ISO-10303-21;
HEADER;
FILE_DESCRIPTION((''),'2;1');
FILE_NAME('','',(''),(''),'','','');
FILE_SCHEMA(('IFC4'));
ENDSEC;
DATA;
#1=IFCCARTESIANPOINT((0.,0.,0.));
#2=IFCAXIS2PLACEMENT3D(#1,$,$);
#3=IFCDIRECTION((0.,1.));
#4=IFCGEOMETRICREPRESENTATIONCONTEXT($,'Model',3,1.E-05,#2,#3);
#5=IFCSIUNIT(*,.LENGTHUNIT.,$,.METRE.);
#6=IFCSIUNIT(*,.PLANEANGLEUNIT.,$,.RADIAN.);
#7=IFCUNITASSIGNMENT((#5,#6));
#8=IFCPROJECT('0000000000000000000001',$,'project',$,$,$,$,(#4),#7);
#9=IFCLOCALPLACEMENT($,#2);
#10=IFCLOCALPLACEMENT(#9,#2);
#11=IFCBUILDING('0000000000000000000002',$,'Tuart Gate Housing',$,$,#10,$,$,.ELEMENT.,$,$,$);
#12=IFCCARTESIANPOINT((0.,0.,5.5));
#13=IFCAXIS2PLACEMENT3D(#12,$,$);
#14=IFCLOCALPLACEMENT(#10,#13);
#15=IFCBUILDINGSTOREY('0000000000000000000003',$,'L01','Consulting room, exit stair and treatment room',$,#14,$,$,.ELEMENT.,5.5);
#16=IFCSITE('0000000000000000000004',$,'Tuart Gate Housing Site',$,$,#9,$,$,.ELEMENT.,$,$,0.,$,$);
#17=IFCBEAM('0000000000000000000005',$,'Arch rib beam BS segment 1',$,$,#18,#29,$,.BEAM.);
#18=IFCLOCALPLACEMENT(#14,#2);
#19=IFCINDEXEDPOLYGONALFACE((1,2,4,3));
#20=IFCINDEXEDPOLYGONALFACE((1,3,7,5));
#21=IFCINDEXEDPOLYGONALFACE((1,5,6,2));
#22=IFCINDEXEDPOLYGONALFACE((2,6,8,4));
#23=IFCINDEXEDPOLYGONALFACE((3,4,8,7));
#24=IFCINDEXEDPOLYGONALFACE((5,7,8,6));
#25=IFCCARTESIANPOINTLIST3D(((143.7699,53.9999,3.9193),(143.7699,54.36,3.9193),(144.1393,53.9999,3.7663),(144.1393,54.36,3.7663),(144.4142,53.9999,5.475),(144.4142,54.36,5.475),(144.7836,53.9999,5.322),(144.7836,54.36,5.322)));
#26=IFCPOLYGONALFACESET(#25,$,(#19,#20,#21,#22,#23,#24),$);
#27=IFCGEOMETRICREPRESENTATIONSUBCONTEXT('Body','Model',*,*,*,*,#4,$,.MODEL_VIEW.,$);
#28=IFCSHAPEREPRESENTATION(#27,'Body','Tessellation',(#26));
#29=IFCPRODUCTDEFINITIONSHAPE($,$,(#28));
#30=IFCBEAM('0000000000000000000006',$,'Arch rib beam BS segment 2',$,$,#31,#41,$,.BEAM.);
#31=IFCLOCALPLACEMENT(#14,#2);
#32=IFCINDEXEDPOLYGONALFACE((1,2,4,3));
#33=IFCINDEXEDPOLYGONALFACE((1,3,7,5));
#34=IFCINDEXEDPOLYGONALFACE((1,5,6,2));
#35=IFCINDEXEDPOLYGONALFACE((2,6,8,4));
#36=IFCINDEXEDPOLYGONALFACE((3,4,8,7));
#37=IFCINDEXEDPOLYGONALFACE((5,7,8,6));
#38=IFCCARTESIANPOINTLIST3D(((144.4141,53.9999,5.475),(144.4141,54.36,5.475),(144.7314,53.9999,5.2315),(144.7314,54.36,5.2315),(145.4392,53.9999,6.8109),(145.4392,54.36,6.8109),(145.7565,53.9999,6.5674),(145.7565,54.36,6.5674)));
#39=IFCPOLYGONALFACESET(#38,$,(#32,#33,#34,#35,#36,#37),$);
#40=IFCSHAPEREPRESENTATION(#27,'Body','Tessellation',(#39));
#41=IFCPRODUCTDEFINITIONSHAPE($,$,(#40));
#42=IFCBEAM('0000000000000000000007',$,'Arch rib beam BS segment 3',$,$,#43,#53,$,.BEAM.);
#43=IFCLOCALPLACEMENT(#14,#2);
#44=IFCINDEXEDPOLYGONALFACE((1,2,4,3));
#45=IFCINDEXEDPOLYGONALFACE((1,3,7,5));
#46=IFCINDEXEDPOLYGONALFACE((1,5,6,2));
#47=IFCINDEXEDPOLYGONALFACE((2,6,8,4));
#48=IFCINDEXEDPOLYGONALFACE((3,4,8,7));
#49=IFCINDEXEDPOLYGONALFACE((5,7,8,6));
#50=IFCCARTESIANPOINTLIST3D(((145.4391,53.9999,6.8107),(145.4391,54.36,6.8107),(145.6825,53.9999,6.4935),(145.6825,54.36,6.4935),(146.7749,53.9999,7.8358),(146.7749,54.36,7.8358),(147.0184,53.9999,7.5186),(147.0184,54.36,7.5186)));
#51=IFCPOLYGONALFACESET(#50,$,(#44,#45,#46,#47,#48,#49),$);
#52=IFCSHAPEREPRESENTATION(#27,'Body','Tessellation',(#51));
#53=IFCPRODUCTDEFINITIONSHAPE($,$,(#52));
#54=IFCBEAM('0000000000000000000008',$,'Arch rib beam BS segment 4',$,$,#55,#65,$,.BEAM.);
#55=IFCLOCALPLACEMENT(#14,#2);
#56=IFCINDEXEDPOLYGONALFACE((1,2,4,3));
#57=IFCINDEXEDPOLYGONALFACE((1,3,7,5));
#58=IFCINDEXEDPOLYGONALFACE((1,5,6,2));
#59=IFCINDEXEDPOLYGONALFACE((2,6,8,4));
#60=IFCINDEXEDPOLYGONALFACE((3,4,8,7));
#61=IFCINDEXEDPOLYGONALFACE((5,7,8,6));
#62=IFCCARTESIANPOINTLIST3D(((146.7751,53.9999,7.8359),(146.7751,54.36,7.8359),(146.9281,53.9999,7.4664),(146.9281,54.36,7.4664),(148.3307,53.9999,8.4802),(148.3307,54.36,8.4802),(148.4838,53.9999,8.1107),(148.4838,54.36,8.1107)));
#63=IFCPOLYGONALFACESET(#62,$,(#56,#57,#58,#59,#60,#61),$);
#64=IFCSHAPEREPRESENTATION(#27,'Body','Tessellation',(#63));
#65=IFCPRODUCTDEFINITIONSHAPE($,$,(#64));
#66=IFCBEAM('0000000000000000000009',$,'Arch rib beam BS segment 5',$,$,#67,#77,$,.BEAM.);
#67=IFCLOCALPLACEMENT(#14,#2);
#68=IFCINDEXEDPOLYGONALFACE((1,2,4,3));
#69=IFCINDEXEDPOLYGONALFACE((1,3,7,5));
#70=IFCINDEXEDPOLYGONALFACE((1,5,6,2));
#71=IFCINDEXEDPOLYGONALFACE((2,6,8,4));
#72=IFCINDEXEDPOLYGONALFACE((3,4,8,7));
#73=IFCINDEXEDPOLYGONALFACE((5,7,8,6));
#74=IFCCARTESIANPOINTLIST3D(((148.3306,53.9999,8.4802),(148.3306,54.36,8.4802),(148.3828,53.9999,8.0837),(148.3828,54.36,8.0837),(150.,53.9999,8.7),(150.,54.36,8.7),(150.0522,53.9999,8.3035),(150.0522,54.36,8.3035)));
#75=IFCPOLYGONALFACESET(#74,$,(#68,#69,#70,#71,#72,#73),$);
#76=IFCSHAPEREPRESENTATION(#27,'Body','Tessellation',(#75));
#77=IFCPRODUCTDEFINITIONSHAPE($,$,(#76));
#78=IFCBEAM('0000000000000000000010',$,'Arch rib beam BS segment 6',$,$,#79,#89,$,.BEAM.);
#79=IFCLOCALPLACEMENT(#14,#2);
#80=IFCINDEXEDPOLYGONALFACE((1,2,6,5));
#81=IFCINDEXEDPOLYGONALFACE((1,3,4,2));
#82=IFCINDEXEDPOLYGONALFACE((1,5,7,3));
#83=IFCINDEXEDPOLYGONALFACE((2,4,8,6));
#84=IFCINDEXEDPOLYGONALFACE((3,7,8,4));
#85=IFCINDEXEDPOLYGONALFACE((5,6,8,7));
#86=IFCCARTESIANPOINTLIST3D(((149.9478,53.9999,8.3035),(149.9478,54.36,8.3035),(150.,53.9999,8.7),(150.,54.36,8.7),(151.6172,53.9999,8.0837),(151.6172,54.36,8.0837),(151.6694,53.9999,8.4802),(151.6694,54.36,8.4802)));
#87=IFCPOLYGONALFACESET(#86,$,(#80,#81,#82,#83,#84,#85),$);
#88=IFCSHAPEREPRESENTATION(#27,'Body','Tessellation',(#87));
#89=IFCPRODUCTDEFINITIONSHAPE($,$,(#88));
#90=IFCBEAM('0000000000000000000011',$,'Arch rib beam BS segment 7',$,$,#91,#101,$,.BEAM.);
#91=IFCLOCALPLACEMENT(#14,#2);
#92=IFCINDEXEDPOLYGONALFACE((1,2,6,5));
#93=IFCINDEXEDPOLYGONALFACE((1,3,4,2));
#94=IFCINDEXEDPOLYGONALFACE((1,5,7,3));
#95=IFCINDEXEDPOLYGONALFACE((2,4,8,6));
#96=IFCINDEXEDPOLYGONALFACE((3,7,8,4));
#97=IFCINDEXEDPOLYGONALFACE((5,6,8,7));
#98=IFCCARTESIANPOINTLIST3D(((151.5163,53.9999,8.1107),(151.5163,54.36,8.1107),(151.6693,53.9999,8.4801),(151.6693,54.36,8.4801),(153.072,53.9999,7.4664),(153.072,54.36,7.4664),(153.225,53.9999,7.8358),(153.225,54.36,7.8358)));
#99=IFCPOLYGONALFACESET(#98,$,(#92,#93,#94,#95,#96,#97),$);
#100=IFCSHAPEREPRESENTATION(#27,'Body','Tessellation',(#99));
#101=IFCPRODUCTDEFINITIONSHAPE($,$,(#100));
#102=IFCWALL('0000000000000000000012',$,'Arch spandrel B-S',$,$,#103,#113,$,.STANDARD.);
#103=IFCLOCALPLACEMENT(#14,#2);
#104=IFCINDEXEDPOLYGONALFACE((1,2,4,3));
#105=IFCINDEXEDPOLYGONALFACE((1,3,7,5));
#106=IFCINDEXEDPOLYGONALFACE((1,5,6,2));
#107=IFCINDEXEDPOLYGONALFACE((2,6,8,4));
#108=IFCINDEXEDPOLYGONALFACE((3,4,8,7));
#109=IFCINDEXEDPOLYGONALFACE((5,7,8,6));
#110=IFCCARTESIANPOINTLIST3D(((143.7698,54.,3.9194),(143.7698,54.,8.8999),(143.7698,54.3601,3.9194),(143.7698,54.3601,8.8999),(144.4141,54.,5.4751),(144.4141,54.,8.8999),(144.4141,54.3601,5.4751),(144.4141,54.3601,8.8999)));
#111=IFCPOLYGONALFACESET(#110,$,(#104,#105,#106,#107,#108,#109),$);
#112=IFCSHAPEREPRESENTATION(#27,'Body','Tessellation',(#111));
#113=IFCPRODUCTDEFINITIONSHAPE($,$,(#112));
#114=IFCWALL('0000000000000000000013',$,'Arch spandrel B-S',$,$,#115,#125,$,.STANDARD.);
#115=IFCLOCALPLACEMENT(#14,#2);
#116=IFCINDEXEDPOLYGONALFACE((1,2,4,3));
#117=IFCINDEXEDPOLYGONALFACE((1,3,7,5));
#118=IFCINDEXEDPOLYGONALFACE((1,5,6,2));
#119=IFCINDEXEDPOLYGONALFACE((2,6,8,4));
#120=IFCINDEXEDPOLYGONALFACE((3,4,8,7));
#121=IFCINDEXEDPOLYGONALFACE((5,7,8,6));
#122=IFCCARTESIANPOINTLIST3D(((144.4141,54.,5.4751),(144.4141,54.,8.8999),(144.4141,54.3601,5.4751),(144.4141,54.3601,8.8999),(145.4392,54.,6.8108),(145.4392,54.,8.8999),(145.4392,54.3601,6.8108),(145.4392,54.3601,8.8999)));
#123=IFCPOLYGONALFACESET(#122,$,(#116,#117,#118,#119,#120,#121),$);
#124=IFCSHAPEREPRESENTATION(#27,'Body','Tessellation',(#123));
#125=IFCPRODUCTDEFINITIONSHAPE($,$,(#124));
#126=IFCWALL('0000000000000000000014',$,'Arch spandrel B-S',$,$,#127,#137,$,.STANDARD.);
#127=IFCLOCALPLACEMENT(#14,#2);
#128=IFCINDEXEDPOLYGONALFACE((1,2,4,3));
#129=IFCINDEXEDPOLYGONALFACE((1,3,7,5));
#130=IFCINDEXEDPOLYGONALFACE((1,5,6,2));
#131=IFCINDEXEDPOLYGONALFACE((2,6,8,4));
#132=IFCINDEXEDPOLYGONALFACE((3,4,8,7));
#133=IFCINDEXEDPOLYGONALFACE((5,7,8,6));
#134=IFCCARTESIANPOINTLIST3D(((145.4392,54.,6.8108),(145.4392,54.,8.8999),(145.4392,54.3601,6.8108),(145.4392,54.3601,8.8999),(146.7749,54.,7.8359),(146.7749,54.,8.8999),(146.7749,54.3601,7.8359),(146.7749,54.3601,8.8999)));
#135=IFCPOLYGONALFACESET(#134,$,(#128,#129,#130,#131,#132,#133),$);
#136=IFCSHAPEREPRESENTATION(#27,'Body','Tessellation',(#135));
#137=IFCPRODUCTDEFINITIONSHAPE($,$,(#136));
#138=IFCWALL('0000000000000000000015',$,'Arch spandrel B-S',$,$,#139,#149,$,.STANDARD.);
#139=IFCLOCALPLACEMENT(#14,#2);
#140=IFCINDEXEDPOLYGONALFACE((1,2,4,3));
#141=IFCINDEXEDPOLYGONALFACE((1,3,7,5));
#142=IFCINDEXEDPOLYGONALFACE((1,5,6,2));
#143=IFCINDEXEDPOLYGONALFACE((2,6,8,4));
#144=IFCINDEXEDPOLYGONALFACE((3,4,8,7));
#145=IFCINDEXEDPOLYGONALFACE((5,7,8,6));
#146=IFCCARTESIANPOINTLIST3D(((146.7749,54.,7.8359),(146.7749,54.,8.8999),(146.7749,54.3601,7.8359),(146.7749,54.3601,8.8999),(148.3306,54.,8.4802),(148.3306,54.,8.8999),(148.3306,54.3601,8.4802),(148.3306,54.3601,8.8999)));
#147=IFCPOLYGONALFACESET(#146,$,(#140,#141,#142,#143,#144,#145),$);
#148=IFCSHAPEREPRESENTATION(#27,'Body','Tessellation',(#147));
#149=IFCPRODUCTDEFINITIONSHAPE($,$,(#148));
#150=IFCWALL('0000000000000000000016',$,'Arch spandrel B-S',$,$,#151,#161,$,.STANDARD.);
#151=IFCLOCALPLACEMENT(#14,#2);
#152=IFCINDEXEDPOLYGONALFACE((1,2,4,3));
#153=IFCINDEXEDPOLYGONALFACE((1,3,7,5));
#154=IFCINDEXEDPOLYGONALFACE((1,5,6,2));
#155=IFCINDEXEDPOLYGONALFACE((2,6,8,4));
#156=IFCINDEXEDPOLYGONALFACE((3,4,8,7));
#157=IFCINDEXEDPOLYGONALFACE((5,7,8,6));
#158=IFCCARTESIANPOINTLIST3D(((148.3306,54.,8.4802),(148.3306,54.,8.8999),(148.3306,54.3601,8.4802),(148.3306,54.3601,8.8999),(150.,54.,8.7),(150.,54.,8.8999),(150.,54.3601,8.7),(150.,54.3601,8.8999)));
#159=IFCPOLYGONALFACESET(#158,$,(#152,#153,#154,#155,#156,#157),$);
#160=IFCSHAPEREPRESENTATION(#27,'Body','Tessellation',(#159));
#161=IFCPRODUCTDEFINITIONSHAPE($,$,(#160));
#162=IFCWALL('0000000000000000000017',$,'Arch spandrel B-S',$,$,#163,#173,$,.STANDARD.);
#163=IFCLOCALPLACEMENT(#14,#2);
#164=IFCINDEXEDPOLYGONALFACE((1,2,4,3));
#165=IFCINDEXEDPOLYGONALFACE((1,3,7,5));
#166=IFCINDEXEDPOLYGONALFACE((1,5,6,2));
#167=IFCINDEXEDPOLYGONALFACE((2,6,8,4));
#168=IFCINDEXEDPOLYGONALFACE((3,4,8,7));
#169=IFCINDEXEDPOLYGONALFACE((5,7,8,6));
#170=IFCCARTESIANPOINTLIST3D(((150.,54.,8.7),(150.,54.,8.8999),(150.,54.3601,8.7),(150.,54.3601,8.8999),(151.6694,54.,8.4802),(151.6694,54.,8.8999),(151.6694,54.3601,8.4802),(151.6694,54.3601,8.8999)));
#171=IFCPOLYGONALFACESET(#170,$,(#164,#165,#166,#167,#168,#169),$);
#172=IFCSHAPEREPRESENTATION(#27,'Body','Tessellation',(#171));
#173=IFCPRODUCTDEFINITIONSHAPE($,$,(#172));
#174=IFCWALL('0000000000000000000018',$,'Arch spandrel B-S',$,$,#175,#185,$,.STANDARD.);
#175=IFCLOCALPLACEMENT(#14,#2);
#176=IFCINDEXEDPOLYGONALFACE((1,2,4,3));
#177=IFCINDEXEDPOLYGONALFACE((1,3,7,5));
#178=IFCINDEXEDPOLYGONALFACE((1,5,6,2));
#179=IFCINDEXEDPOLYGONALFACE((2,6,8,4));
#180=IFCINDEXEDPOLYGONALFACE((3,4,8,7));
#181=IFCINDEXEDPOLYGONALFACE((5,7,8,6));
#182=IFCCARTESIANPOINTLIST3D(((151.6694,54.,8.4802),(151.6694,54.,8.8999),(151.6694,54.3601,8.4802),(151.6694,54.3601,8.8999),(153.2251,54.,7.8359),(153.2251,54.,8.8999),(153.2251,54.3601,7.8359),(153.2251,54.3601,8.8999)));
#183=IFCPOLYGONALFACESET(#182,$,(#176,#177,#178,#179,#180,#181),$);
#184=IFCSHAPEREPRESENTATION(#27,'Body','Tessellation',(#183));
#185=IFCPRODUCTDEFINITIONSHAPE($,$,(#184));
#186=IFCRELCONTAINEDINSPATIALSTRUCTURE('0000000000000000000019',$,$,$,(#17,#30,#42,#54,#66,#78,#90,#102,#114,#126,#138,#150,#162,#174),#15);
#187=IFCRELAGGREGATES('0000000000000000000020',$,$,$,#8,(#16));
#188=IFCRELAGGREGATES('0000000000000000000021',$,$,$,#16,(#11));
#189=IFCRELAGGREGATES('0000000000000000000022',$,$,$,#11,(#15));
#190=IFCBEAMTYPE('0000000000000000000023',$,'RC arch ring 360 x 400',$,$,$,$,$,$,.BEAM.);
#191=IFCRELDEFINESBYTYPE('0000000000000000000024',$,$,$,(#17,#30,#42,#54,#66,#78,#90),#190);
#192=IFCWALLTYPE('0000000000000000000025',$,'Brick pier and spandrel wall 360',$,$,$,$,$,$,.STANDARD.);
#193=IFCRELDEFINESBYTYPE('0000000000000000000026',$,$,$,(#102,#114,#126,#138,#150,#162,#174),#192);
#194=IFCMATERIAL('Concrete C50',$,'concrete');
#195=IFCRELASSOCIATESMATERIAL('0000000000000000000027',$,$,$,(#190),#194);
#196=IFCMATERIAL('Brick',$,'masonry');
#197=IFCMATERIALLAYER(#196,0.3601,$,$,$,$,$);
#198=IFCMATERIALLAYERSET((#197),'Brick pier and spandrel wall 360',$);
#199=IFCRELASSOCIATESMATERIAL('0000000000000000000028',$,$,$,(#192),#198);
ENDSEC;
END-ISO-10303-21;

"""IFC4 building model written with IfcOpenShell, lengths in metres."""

from ifc_helpers import new_model, si_unit, direction, frame, origin, origin_2d, place, context, subcontext, project, spatial, polyline, rectangle, outline, extrude, material, layer, layer_set, material_profile, profile_set, type_object, element, save


model = new_model("IFC4")

# Units and contexts
model_context = context("Model", 3, precision=1e-05, world=origin(), true_north=direction((0.0, 1.0)))
body_context = subcontext(model_context, "Body", "Model", "MODEL_VIEW")
ifc_project = project(units=[si_unit("LENGTHUNIT", "METRE"), si_unit("PLANEANGLEUNIT", "RADIAN")], contexts=[model_context])

# Site, building, storey
site_placement = place(None, origin())
site = spatial("IfcSite", under=ifc_project, at=site_placement, Name="Tuart Gate Housing Site", CompositionType="ELEMENT", RefElevation=0.0)
building_placement = place(site_placement, origin())
building = spatial("IfcBuilding", under=site, at=building_placement, Name="Tuart Gate Housing", CompositionType="ELEMENT")
storey_placement = place(building_placement, frame((0.0, 0.0, 5.5)))
storey = spatial("IfcBuildingStorey", under=building, at=storey_placement, Name="L01", Description="Consulting room, exit stair and treatment room", CompositionType="ELEMENT", Elevation=5.5)

# Beams
ifc_material_1 = material(Name="Concrete C50", Category="concrete")
ifc_material_profile = material_profile(ifc_material_1, rectangle(XDim=0.3601, YDim=0.3999, at=origin_2d()), Name="RC arch ring 360 x 400")
ifc_profile_set = profile_set([ifc_material_profile], Name="Concrete C50")
beam_type = type_object("IfcBeamType", Name="RC arch ring 360 x 400", PredefinedType="BEAM", material=ifc_profile_set)
for number, where, z_axis, x_axis, name in (
    (1, (143.9546, 54.1799, 3.8428), (0.382638, 0.0, 0.923898), (0.0, 1.0, 0.0), "Arch rib beam BS segment 1"),
    (2, (144.5728, 54.1799, 5.3533), (0.608778, 0.0, 0.79334), (0.0, 1.0, 0.0), "Arch rib beam BS segment 2"),
    (3, (145.5608, 54.1799, 6.6521), (0.79334, 0.0, 0.608778), (0.0, 1.0, 0.0), "Arch rib beam BS segment 3"),
    (4, (146.8516, 54.1799, 7.6511), (0.923898, 0.0, 0.382638), (0.0, 1.0, 0.0), "Arch rib beam BS segment 4"),
    (5, (148.3567, 54.1799, 8.282), (0.991449, 0.0, 0.130492), (0.0, 1.0, 0.0), "Arch rib beam BS segment 5"),
    (6, (149.9739, 54.1799, 8.5017), (0.991449, 0.0, -0.130492), (0.0, 1.0, 0.0), "Arch rib beam BS segment 6"),
    (7, (151.5928, 54.1799, 8.2954), (0.923898, 0.0, -0.382638), (0.0, 1.0, 0.0), "Arch rib beam BS segment 7"),
):
    element("IfcBeam", number, at=place(storey_placement, frame(where, z_axis=z_axis, x_axis=x_axis)), inside=storey, type_object=beam_type, Name=name, PredefinedType="BEAM", context=body_context, shape_type="SweptSolid", body=[
        extrude(rectangle(XDim=0.3601, YDim=0.3999, at=origin_2d()), origin(), (0.0, 0.0, 1.0), 1.6838),
    ])

# Walls
ifc_material_2 = material(Name="Brick", Category="masonry")
ifc_layer = layer(ifc_material_2, 0.3601)
ifc_layer_set = layer_set([ifc_layer], Name="Brick pier and spandrel wall 360")
wall_type = type_object("IfcWallType", Name="Brick pier and spandrel wall 360", PredefinedType="STANDARD", material=ifc_layer_set)
wall_1_placement = place(storey_placement, frame((143.7698, 54.1799, 3.9194), z_axis=(0.0, 0.0, 1.0), x_axis=(1.0, 0.0, 0.0)))
element("IfcWall", 8, at=wall_1_placement, inside=storey, type_object=wall_type, Name="Arch spandrel B-S", PredefinedType="STANDARD", context=body_context, shape_type="SweptSolid", body=[
    extrude(outline(polyline([(0.0, 0.0), (0.6443, 1.5557), (0.6443, 4.9805), (0.0, 4.9805), (0.0, 0.0)])), frame((0.0, 0.1802, 0.0), z_axis=(0.0, -1.0, 0.0), x_axis=(1.0, 0.0, 0.0)), (0.0, 0.0, 1.0), 0.3601),
])
wall_2_placement = place(storey_placement, frame((144.4141, 54.1799, 5.4751), z_axis=(0.0, 0.0, 1.0), x_axis=(1.0, 0.0, 0.0)))
element("IfcWall", 9, at=wall_2_placement, inside=storey, type_object=wall_type, Name="Arch spandrel B-S", PredefinedType="STANDARD", context=body_context, shape_type="SweptSolid", body=[
    extrude(outline(polyline([(0.0, 0.0), (1.0251, 1.3357), (1.0251, 3.4248), (0.0, 3.4248), (0.0, 0.0)])), frame((0.0, 0.1802, 0.0), z_axis=(0.0, -1.0, 0.0), x_axis=(1.0, 0.0, 0.0)), (0.0, 0.0, 1.0), 0.3601),
])
wall_3_placement = place(storey_placement, frame((145.4392, 54.1799, 6.8108), z_axis=(0.0, 0.0, 1.0), x_axis=(1.0, 0.0, 0.0)))
element("IfcWall", 10, at=wall_3_placement, inside=storey, type_object=wall_type, Name="Arch spandrel B-S", PredefinedType="STANDARD", context=body_context, shape_type="SweptSolid", body=[
    extrude(outline(polyline([(0.0, 0.0), (1.3357, 1.0251), (1.3357, 2.0891), (0.0, 2.0891), (0.0, 0.0)])), frame((0.0, 0.1802, 0.0), z_axis=(0.0, -1.0, 0.0), x_axis=(1.0, 0.0, 0.0)), (0.0, 0.0, 1.0), 0.3601),
])
wall_4_placement = place(storey_placement, frame((146.7749, 54.1799, 7.8359), z_axis=(0.0, 0.0, 1.0), x_axis=(1.0, 0.0, 0.0)))
element("IfcWall", 11, at=wall_4_placement, inside=storey, type_object=wall_type, Name="Arch spandrel B-S", PredefinedType="STANDARD", context=body_context, shape_type="SweptSolid", body=[
    extrude(outline(polyline([(0.0, 0.0), (1.5557, 0.6443), (1.5557, 1.064), (0.0, 1.064), (0.0, 0.0)])), frame((0.0, 0.1802, 0.0), z_axis=(0.0, -1.0, 0.0), x_axis=(1.0, 0.0, 0.0)), (0.0, 0.0, 1.0), 0.3601),
])
wall_5_placement = place(storey_placement, frame((148.3306, 54.1799, 8.4802), z_axis=(0.0, 0.0, 1.0), x_axis=(1.0, 0.0, 0.0)))
element("IfcWall", 12, at=wall_5_placement, inside=storey, type_object=wall_type, Name="Arch spandrel B-S", PredefinedType="STANDARD", context=body_context, shape_type="SweptSolid", body=[
    extrude(outline(polyline([(0.0, 0.0), (1.6694, 0.2197), (1.6694, 0.4197), (0.0, 0.4197), (0.0, 0.0)])), frame((0.0, 0.1802, 0.0), z_axis=(0.0, -1.0, 0.0), x_axis=(1.0, 0.0, 0.0)), (0.0, 0.0, 1.0), 0.3601),
])
wall_6_placement = place(storey_placement, frame((150.0, 54.1799, 8.4802), z_axis=(0.0, 0.0, 1.0), x_axis=(1.0, 0.0, 0.0)))
element("IfcWall", 13, at=wall_6_placement, inside=storey, type_object=wall_type, Name="Arch spandrel B-S", PredefinedType="STANDARD", context=body_context, shape_type="SweptSolid", body=[
    extrude(outline(polyline([(0.0, 0.2197), (1.6694, 0.0), (1.6694, 0.4197), (0.0, 0.4197), (0.0, 0.2197)])), frame((0.0, 0.1802, 0.0), z_axis=(0.0, -1.0, 0.0), x_axis=(1.0, 0.0, 0.0)), (0.0, 0.0, 1.0), 0.3601),
])
wall_7_placement = place(storey_placement, frame((151.6694, 54.1799, 7.8359), z_axis=(0.0, 0.0, 1.0), x_axis=(1.0, 0.0, 0.0)))
element("IfcWall", 14, at=wall_7_placement, inside=storey, type_object=wall_type, Name="Arch spandrel B-S", PredefinedType="STANDARD", context=body_context, shape_type="SweptSolid", body=[
    extrude(outline(polyline([(0.0, 0.6443), (1.5557, 0.0), (1.5557, 1.064), (0.0, 1.064), (0.0, 0.6443)])), frame((0.0, 0.1802, 0.0), z_axis=(0.0, -1.0, 0.0), x_axis=(1.0, 0.0, 0.0)), (0.0, 0.0, 1.0), 0.3601),
])

save(model, "model.ifc")
